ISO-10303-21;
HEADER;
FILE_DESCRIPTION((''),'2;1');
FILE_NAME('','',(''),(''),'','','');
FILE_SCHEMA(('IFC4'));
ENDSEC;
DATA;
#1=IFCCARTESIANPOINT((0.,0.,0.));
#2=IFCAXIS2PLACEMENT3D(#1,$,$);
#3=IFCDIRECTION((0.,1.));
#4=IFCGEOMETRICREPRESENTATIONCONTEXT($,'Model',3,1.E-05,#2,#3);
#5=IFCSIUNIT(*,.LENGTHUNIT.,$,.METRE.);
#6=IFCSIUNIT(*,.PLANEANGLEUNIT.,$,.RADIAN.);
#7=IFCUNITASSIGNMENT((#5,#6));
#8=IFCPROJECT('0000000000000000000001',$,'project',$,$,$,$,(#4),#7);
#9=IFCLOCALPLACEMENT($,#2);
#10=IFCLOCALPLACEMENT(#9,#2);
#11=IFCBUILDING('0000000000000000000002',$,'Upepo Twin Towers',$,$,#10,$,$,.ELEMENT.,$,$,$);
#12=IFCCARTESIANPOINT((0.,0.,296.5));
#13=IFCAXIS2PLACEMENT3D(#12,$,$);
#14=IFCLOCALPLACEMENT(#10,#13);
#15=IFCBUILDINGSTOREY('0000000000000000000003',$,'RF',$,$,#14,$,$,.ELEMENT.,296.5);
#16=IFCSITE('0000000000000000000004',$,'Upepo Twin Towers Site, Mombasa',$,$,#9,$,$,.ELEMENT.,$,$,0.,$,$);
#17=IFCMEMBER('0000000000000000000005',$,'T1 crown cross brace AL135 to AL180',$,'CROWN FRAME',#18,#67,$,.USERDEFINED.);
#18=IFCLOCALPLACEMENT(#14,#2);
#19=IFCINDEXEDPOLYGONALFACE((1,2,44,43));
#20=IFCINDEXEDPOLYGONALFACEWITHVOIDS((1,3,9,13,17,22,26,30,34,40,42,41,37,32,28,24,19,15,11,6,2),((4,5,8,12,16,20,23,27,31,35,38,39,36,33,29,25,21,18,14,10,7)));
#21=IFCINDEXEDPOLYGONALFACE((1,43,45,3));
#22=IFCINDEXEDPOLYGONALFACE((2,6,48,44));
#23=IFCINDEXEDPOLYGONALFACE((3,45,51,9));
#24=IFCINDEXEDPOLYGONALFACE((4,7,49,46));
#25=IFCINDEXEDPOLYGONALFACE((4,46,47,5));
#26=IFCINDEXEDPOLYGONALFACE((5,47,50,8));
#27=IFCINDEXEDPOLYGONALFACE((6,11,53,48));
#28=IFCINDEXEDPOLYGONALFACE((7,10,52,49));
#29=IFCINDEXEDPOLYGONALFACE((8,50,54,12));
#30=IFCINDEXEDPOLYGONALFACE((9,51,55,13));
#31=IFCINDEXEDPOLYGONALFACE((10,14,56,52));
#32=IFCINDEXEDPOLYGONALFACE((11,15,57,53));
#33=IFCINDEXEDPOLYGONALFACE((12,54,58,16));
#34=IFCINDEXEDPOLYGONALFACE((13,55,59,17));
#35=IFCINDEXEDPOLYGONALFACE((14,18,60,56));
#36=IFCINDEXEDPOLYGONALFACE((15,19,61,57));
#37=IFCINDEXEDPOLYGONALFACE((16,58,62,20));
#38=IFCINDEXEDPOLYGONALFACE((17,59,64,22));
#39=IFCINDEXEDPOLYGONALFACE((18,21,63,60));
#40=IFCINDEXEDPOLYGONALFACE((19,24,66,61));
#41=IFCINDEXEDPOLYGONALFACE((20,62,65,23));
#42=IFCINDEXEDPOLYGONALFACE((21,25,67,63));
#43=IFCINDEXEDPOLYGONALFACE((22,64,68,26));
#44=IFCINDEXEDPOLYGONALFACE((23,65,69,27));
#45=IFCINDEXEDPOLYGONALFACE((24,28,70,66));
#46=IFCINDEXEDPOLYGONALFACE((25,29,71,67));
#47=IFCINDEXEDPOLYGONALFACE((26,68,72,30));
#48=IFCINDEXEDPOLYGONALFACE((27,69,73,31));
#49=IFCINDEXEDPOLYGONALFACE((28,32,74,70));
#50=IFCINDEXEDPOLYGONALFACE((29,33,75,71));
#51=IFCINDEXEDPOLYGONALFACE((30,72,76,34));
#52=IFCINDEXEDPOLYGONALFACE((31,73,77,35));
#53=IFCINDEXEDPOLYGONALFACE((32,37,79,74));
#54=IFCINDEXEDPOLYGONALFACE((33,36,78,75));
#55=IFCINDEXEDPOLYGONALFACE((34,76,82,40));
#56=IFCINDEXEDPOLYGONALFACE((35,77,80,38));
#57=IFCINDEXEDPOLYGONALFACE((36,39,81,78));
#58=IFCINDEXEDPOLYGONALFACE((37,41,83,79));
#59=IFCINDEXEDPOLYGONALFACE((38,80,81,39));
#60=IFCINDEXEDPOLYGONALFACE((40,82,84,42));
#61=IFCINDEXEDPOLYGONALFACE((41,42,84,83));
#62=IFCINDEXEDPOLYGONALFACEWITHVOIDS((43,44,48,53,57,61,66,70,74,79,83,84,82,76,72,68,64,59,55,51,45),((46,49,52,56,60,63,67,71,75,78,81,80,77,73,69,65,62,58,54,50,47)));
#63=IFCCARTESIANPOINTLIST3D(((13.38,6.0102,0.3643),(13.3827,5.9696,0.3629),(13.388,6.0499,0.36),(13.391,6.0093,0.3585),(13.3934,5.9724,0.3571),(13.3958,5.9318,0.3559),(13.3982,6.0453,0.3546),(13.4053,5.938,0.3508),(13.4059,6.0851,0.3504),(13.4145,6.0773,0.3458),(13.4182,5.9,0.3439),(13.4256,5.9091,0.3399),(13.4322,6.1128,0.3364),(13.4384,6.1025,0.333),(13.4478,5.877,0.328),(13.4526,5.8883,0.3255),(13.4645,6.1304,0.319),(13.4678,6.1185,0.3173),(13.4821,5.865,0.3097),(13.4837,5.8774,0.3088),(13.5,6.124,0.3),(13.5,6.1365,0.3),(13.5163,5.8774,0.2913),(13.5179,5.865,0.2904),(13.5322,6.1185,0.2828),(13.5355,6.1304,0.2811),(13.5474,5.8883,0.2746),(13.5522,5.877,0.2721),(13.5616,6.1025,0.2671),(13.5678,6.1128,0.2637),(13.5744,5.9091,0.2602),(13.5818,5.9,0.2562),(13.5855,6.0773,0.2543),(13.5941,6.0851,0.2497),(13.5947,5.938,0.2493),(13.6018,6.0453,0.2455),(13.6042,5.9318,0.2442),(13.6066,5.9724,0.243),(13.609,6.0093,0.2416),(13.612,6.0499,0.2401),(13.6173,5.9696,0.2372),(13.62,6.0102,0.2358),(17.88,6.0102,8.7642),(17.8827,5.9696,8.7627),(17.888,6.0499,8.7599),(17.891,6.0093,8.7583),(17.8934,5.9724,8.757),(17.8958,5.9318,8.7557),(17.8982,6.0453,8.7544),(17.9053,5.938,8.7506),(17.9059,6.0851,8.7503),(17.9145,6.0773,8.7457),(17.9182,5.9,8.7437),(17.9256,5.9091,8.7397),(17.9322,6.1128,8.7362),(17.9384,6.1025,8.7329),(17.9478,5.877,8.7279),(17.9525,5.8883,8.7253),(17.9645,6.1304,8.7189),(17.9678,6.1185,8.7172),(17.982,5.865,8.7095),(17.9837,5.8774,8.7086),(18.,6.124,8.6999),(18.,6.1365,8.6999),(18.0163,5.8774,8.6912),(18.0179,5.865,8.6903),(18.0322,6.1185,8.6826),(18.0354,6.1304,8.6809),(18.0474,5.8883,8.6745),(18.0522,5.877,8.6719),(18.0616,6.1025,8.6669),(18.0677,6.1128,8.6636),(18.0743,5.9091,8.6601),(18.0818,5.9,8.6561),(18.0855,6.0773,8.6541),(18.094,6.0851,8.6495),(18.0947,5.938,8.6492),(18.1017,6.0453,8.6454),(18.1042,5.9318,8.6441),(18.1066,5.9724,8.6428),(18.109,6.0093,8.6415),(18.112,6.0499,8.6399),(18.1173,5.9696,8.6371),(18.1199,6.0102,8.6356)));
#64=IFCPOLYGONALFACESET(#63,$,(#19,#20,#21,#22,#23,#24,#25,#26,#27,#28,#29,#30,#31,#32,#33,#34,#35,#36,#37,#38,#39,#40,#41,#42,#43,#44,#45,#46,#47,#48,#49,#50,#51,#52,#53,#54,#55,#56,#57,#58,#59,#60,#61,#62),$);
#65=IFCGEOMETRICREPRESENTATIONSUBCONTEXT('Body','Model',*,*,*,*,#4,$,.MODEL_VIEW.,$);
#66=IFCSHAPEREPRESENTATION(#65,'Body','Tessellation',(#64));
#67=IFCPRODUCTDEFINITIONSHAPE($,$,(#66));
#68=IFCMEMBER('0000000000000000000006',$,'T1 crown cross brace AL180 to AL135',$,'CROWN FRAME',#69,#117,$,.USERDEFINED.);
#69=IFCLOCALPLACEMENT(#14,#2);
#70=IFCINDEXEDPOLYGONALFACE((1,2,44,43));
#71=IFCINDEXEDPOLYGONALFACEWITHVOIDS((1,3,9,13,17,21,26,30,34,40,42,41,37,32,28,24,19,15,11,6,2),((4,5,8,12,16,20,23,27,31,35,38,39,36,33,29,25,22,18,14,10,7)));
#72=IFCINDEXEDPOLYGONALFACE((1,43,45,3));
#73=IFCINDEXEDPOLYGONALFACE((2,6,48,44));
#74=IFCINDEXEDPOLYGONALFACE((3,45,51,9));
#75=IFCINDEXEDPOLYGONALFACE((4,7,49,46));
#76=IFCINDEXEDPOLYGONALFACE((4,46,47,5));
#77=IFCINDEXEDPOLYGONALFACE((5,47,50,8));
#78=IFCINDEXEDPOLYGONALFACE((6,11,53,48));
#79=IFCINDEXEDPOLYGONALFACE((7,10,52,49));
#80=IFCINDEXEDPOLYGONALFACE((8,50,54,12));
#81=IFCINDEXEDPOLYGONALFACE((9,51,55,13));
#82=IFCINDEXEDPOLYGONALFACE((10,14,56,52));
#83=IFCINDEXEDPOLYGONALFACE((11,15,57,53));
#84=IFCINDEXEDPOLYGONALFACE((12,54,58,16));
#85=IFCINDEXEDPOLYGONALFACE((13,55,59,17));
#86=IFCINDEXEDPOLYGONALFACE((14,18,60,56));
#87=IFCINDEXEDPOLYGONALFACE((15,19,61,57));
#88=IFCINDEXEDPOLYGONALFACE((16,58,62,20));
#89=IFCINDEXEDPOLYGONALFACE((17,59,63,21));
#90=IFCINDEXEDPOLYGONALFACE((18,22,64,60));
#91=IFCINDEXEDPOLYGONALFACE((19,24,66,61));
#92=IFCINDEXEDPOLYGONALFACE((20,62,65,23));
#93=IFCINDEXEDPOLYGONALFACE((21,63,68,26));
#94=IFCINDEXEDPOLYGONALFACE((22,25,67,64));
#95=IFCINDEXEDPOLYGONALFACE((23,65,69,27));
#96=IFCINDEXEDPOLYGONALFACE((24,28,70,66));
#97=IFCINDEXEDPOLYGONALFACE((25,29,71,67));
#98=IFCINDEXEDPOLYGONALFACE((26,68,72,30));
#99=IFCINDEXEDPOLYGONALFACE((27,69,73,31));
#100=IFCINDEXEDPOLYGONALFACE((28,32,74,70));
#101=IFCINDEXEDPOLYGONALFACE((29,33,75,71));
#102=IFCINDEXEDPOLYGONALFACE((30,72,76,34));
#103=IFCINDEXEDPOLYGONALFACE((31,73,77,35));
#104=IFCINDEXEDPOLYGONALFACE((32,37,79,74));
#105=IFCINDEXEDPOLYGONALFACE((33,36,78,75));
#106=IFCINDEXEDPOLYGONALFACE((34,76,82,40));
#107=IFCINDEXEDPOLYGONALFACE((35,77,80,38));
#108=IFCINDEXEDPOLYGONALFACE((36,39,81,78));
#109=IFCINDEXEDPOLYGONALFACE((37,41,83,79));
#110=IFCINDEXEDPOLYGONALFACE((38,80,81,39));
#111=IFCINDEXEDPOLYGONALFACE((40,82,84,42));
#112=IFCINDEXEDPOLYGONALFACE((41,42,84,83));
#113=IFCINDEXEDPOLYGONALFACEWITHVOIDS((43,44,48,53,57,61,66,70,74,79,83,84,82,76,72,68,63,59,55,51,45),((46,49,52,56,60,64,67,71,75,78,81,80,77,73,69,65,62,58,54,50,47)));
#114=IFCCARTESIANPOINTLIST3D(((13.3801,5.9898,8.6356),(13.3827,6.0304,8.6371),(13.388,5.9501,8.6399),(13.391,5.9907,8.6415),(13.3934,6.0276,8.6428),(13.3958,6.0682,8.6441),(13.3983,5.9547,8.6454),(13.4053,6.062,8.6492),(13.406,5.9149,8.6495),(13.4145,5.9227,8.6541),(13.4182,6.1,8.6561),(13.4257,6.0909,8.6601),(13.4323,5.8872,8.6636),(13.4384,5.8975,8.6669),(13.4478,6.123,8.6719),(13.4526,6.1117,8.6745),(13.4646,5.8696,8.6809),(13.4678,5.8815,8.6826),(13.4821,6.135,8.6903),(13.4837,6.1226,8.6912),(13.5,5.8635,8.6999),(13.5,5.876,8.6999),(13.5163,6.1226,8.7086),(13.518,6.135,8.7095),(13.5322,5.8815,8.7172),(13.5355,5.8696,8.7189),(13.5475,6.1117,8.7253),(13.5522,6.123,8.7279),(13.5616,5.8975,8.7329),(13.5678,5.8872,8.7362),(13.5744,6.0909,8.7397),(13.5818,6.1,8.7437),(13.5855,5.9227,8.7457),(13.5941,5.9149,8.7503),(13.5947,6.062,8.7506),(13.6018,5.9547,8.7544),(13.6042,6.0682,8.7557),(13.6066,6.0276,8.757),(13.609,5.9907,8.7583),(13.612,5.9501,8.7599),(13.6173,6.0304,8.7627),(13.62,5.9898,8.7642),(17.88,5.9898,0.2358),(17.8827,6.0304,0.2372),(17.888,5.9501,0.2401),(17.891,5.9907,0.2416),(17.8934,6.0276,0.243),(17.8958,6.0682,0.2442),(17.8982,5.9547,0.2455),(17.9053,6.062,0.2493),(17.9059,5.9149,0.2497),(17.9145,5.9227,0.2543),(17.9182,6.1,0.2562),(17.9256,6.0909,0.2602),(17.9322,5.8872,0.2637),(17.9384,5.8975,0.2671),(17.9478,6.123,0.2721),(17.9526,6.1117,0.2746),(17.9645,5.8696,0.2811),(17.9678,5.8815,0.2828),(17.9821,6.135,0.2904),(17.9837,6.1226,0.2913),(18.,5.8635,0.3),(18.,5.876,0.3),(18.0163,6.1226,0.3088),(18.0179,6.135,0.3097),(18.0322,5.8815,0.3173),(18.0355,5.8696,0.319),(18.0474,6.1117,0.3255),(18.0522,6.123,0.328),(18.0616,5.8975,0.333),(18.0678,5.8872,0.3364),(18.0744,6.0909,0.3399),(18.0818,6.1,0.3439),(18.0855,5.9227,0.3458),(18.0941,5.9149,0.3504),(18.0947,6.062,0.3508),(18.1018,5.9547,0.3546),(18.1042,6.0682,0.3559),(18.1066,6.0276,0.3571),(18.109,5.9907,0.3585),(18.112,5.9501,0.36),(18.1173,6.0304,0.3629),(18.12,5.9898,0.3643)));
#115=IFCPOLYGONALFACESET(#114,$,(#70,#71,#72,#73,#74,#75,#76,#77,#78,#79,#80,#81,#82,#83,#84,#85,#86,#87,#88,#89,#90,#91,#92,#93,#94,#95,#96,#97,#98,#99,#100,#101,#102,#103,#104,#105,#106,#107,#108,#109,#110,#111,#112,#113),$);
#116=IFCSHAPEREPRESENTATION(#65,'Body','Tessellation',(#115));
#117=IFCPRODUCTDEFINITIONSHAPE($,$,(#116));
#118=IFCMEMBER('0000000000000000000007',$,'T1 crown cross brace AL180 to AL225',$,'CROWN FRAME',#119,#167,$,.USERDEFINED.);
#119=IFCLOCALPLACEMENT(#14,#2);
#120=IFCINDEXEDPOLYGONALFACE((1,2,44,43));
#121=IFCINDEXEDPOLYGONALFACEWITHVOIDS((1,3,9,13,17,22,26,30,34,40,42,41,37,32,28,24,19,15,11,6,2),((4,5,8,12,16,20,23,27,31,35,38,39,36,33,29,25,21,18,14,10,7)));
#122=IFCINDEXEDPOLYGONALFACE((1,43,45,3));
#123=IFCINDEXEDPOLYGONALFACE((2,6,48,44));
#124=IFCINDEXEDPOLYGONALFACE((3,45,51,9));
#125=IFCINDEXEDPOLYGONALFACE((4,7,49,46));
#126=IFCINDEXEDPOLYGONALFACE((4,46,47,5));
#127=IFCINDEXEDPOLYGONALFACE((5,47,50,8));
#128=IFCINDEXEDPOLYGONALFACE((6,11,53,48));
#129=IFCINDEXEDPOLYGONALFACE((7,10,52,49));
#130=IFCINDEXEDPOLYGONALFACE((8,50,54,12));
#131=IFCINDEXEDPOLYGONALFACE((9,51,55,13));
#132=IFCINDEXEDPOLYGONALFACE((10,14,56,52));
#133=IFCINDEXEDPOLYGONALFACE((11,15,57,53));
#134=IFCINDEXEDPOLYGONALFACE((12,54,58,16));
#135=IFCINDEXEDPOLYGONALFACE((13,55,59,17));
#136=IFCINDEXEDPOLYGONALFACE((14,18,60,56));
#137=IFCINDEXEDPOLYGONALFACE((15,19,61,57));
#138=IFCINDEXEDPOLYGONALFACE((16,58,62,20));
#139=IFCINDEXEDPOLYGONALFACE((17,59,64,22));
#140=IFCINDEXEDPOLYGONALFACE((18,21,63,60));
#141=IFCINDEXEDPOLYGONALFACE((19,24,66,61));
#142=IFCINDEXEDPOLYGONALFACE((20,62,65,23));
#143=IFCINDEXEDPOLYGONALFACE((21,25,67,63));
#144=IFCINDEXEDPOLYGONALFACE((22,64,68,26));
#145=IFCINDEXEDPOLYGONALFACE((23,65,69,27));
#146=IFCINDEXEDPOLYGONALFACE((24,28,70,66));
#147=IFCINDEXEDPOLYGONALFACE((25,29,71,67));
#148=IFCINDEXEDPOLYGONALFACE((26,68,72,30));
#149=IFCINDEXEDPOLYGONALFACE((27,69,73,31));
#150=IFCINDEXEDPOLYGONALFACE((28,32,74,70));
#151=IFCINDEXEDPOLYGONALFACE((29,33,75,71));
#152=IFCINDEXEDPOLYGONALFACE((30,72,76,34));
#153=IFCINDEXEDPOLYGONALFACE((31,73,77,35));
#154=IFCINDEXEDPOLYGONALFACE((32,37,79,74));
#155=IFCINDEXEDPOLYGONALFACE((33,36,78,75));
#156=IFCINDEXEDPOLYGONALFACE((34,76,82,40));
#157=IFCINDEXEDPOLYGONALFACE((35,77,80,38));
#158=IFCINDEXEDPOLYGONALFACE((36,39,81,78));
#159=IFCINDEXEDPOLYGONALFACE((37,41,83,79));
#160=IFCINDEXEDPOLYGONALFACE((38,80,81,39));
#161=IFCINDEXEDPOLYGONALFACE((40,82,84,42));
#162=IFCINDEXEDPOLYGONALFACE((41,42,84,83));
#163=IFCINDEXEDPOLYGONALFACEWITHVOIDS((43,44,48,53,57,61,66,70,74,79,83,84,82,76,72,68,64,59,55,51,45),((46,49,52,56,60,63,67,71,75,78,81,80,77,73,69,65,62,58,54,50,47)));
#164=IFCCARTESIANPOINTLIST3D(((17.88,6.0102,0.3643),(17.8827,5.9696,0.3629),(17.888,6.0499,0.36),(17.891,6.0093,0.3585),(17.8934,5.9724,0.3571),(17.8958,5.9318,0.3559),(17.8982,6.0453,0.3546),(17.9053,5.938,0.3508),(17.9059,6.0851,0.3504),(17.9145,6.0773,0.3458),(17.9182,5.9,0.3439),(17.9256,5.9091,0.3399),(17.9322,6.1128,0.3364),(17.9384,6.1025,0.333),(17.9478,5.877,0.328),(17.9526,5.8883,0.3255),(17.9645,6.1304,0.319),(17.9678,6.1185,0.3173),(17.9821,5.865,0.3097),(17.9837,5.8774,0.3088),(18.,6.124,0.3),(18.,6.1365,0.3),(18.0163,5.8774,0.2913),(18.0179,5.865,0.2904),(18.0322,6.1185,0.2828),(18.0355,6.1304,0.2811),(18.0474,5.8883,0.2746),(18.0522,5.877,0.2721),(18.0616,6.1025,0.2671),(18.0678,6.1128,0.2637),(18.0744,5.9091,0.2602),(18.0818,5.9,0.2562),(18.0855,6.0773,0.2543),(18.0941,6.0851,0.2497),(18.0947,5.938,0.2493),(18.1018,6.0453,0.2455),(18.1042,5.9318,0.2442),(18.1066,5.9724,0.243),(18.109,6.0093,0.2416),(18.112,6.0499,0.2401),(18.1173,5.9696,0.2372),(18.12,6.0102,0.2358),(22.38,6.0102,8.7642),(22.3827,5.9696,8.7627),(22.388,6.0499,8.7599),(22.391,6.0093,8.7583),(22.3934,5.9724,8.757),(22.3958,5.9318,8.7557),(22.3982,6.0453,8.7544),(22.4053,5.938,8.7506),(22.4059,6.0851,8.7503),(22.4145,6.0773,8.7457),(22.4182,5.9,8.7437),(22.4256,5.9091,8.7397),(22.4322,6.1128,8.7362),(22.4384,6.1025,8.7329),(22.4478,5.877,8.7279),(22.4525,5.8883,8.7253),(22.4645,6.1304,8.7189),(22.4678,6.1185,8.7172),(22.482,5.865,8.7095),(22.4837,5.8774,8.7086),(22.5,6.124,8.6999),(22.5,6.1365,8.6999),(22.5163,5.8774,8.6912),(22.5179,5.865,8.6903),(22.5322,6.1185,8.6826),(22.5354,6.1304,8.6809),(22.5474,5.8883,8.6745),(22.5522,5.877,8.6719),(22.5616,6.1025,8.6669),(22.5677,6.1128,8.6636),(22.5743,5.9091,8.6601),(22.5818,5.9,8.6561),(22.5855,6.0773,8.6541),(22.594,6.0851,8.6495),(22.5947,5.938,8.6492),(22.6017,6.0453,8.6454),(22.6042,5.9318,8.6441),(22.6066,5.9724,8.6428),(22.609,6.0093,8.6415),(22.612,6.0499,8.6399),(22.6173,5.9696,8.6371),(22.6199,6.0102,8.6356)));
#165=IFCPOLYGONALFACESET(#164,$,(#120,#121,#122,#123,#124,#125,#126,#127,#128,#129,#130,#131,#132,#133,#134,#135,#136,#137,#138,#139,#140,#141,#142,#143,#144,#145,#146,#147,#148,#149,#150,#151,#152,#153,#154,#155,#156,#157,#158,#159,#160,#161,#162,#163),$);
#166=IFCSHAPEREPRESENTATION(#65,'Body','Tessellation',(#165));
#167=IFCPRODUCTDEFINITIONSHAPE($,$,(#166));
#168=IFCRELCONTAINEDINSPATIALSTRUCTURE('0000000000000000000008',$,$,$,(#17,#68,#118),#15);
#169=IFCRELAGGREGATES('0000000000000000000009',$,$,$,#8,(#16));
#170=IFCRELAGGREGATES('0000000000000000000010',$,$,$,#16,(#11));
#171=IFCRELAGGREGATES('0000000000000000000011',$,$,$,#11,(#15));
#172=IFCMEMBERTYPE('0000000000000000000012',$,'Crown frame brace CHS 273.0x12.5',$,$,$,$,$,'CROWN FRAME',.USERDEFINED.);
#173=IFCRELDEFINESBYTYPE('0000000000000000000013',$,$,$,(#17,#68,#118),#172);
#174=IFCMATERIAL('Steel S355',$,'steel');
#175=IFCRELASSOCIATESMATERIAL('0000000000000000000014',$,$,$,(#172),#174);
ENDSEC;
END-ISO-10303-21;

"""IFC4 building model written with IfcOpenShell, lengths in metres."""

from ifc_helpers import new_model, si_unit, direction, frame, origin, origin_2d, place, context, subcontext, project, spatial, hollow_circle, extrude, material, material_profile, profile_set, type_object, element, save


model = new_model("IFC4")

# Units and contexts
model_context = context("Model", 3, precision=1e-05, world=origin(), true_north=direction((0.0, 1.0)))
body_context = subcontext(model_context, "Body", "Model", "MODEL_VIEW")
ifc_project = project(units=[si_unit("LENGTHUNIT", "METRE"), si_unit("PLANEANGLEUNIT", "RADIAN")], contexts=[model_context])

# Site, building, storey
site_placement = place(None, origin())
site = spatial("IfcSite", under=ifc_project, at=site_placement, Name="Upepo Twin Towers Site, Mombasa", CompositionType="ELEMENT", RefElevation=0.0)
building_placement = place(site_placement, origin())
building = spatial("IfcBuilding", under=site, at=building_placement, Name="Upepo Twin Towers", CompositionType="ELEMENT")
storey_placement = place(building_placement, frame((0.0, 0.0, 296.5)))
storey = spatial("IfcBuildingStorey", under=building, at=storey_placement, Name="RF", CompositionType="ELEMENT", Elevation=296.5)

# Members
ifc_material_1 = material(Name="Steel S355", Category="steel")
ifc_material_profile_1 = material_profile(ifc_material_1, hollow_circle(Radius=0.1365, WallThickness=0.0125, at=origin_2d()), Name="CHS 273.0x12.5")
ifc_profile_set_1 = profile_set([ifc_material_profile_1], Name="Steel S355")
member_type_1 = type_object("IfcMemberType", Name="Crown frame brace CHS 273.0x12.5", ElementType="CROWN FRAME", PredefinedType="USERDEFINED", material=ifc_profile_set_1)
for number, where, z_axis, x_axis, name in (
    (1, (13.5, 6.0, 0.3), (0.472226, 0.0, 0.881478), (0.0, 1.0, 0.0), "T1 crown cross brace AL135 to AL180"),
    (2, (18.0, 6.0, 0.3), (-0.472226, 0.0, 0.881478), (0.0, -1.0, 0.0), "T1 crown cross brace AL180 to AL135"),
    (3, (18.0, 6.0, 0.3), (0.472226, 0.0, 0.881478), (0.0, 1.0, 0.0), "T1 crown cross brace AL180 to AL225"),
):
    element("IfcMember", number, at=place(storey_placement, frame(where, z_axis=z_axis, x_axis=x_axis)), inside=storey, type_object=member_type_1, Name=name, ObjectType="CROWN FRAME", PredefinedType="USERDEFINED", context=body_context, shape_type="SweptSolid", body=[
        extrude(hollow_circle(Radius=0.1365, WallThickness=0.0125, at=origin_2d()), origin(), (0.0, 0.0, 1.0), 9.5293),
    ])

save(model, "model.ifc")
